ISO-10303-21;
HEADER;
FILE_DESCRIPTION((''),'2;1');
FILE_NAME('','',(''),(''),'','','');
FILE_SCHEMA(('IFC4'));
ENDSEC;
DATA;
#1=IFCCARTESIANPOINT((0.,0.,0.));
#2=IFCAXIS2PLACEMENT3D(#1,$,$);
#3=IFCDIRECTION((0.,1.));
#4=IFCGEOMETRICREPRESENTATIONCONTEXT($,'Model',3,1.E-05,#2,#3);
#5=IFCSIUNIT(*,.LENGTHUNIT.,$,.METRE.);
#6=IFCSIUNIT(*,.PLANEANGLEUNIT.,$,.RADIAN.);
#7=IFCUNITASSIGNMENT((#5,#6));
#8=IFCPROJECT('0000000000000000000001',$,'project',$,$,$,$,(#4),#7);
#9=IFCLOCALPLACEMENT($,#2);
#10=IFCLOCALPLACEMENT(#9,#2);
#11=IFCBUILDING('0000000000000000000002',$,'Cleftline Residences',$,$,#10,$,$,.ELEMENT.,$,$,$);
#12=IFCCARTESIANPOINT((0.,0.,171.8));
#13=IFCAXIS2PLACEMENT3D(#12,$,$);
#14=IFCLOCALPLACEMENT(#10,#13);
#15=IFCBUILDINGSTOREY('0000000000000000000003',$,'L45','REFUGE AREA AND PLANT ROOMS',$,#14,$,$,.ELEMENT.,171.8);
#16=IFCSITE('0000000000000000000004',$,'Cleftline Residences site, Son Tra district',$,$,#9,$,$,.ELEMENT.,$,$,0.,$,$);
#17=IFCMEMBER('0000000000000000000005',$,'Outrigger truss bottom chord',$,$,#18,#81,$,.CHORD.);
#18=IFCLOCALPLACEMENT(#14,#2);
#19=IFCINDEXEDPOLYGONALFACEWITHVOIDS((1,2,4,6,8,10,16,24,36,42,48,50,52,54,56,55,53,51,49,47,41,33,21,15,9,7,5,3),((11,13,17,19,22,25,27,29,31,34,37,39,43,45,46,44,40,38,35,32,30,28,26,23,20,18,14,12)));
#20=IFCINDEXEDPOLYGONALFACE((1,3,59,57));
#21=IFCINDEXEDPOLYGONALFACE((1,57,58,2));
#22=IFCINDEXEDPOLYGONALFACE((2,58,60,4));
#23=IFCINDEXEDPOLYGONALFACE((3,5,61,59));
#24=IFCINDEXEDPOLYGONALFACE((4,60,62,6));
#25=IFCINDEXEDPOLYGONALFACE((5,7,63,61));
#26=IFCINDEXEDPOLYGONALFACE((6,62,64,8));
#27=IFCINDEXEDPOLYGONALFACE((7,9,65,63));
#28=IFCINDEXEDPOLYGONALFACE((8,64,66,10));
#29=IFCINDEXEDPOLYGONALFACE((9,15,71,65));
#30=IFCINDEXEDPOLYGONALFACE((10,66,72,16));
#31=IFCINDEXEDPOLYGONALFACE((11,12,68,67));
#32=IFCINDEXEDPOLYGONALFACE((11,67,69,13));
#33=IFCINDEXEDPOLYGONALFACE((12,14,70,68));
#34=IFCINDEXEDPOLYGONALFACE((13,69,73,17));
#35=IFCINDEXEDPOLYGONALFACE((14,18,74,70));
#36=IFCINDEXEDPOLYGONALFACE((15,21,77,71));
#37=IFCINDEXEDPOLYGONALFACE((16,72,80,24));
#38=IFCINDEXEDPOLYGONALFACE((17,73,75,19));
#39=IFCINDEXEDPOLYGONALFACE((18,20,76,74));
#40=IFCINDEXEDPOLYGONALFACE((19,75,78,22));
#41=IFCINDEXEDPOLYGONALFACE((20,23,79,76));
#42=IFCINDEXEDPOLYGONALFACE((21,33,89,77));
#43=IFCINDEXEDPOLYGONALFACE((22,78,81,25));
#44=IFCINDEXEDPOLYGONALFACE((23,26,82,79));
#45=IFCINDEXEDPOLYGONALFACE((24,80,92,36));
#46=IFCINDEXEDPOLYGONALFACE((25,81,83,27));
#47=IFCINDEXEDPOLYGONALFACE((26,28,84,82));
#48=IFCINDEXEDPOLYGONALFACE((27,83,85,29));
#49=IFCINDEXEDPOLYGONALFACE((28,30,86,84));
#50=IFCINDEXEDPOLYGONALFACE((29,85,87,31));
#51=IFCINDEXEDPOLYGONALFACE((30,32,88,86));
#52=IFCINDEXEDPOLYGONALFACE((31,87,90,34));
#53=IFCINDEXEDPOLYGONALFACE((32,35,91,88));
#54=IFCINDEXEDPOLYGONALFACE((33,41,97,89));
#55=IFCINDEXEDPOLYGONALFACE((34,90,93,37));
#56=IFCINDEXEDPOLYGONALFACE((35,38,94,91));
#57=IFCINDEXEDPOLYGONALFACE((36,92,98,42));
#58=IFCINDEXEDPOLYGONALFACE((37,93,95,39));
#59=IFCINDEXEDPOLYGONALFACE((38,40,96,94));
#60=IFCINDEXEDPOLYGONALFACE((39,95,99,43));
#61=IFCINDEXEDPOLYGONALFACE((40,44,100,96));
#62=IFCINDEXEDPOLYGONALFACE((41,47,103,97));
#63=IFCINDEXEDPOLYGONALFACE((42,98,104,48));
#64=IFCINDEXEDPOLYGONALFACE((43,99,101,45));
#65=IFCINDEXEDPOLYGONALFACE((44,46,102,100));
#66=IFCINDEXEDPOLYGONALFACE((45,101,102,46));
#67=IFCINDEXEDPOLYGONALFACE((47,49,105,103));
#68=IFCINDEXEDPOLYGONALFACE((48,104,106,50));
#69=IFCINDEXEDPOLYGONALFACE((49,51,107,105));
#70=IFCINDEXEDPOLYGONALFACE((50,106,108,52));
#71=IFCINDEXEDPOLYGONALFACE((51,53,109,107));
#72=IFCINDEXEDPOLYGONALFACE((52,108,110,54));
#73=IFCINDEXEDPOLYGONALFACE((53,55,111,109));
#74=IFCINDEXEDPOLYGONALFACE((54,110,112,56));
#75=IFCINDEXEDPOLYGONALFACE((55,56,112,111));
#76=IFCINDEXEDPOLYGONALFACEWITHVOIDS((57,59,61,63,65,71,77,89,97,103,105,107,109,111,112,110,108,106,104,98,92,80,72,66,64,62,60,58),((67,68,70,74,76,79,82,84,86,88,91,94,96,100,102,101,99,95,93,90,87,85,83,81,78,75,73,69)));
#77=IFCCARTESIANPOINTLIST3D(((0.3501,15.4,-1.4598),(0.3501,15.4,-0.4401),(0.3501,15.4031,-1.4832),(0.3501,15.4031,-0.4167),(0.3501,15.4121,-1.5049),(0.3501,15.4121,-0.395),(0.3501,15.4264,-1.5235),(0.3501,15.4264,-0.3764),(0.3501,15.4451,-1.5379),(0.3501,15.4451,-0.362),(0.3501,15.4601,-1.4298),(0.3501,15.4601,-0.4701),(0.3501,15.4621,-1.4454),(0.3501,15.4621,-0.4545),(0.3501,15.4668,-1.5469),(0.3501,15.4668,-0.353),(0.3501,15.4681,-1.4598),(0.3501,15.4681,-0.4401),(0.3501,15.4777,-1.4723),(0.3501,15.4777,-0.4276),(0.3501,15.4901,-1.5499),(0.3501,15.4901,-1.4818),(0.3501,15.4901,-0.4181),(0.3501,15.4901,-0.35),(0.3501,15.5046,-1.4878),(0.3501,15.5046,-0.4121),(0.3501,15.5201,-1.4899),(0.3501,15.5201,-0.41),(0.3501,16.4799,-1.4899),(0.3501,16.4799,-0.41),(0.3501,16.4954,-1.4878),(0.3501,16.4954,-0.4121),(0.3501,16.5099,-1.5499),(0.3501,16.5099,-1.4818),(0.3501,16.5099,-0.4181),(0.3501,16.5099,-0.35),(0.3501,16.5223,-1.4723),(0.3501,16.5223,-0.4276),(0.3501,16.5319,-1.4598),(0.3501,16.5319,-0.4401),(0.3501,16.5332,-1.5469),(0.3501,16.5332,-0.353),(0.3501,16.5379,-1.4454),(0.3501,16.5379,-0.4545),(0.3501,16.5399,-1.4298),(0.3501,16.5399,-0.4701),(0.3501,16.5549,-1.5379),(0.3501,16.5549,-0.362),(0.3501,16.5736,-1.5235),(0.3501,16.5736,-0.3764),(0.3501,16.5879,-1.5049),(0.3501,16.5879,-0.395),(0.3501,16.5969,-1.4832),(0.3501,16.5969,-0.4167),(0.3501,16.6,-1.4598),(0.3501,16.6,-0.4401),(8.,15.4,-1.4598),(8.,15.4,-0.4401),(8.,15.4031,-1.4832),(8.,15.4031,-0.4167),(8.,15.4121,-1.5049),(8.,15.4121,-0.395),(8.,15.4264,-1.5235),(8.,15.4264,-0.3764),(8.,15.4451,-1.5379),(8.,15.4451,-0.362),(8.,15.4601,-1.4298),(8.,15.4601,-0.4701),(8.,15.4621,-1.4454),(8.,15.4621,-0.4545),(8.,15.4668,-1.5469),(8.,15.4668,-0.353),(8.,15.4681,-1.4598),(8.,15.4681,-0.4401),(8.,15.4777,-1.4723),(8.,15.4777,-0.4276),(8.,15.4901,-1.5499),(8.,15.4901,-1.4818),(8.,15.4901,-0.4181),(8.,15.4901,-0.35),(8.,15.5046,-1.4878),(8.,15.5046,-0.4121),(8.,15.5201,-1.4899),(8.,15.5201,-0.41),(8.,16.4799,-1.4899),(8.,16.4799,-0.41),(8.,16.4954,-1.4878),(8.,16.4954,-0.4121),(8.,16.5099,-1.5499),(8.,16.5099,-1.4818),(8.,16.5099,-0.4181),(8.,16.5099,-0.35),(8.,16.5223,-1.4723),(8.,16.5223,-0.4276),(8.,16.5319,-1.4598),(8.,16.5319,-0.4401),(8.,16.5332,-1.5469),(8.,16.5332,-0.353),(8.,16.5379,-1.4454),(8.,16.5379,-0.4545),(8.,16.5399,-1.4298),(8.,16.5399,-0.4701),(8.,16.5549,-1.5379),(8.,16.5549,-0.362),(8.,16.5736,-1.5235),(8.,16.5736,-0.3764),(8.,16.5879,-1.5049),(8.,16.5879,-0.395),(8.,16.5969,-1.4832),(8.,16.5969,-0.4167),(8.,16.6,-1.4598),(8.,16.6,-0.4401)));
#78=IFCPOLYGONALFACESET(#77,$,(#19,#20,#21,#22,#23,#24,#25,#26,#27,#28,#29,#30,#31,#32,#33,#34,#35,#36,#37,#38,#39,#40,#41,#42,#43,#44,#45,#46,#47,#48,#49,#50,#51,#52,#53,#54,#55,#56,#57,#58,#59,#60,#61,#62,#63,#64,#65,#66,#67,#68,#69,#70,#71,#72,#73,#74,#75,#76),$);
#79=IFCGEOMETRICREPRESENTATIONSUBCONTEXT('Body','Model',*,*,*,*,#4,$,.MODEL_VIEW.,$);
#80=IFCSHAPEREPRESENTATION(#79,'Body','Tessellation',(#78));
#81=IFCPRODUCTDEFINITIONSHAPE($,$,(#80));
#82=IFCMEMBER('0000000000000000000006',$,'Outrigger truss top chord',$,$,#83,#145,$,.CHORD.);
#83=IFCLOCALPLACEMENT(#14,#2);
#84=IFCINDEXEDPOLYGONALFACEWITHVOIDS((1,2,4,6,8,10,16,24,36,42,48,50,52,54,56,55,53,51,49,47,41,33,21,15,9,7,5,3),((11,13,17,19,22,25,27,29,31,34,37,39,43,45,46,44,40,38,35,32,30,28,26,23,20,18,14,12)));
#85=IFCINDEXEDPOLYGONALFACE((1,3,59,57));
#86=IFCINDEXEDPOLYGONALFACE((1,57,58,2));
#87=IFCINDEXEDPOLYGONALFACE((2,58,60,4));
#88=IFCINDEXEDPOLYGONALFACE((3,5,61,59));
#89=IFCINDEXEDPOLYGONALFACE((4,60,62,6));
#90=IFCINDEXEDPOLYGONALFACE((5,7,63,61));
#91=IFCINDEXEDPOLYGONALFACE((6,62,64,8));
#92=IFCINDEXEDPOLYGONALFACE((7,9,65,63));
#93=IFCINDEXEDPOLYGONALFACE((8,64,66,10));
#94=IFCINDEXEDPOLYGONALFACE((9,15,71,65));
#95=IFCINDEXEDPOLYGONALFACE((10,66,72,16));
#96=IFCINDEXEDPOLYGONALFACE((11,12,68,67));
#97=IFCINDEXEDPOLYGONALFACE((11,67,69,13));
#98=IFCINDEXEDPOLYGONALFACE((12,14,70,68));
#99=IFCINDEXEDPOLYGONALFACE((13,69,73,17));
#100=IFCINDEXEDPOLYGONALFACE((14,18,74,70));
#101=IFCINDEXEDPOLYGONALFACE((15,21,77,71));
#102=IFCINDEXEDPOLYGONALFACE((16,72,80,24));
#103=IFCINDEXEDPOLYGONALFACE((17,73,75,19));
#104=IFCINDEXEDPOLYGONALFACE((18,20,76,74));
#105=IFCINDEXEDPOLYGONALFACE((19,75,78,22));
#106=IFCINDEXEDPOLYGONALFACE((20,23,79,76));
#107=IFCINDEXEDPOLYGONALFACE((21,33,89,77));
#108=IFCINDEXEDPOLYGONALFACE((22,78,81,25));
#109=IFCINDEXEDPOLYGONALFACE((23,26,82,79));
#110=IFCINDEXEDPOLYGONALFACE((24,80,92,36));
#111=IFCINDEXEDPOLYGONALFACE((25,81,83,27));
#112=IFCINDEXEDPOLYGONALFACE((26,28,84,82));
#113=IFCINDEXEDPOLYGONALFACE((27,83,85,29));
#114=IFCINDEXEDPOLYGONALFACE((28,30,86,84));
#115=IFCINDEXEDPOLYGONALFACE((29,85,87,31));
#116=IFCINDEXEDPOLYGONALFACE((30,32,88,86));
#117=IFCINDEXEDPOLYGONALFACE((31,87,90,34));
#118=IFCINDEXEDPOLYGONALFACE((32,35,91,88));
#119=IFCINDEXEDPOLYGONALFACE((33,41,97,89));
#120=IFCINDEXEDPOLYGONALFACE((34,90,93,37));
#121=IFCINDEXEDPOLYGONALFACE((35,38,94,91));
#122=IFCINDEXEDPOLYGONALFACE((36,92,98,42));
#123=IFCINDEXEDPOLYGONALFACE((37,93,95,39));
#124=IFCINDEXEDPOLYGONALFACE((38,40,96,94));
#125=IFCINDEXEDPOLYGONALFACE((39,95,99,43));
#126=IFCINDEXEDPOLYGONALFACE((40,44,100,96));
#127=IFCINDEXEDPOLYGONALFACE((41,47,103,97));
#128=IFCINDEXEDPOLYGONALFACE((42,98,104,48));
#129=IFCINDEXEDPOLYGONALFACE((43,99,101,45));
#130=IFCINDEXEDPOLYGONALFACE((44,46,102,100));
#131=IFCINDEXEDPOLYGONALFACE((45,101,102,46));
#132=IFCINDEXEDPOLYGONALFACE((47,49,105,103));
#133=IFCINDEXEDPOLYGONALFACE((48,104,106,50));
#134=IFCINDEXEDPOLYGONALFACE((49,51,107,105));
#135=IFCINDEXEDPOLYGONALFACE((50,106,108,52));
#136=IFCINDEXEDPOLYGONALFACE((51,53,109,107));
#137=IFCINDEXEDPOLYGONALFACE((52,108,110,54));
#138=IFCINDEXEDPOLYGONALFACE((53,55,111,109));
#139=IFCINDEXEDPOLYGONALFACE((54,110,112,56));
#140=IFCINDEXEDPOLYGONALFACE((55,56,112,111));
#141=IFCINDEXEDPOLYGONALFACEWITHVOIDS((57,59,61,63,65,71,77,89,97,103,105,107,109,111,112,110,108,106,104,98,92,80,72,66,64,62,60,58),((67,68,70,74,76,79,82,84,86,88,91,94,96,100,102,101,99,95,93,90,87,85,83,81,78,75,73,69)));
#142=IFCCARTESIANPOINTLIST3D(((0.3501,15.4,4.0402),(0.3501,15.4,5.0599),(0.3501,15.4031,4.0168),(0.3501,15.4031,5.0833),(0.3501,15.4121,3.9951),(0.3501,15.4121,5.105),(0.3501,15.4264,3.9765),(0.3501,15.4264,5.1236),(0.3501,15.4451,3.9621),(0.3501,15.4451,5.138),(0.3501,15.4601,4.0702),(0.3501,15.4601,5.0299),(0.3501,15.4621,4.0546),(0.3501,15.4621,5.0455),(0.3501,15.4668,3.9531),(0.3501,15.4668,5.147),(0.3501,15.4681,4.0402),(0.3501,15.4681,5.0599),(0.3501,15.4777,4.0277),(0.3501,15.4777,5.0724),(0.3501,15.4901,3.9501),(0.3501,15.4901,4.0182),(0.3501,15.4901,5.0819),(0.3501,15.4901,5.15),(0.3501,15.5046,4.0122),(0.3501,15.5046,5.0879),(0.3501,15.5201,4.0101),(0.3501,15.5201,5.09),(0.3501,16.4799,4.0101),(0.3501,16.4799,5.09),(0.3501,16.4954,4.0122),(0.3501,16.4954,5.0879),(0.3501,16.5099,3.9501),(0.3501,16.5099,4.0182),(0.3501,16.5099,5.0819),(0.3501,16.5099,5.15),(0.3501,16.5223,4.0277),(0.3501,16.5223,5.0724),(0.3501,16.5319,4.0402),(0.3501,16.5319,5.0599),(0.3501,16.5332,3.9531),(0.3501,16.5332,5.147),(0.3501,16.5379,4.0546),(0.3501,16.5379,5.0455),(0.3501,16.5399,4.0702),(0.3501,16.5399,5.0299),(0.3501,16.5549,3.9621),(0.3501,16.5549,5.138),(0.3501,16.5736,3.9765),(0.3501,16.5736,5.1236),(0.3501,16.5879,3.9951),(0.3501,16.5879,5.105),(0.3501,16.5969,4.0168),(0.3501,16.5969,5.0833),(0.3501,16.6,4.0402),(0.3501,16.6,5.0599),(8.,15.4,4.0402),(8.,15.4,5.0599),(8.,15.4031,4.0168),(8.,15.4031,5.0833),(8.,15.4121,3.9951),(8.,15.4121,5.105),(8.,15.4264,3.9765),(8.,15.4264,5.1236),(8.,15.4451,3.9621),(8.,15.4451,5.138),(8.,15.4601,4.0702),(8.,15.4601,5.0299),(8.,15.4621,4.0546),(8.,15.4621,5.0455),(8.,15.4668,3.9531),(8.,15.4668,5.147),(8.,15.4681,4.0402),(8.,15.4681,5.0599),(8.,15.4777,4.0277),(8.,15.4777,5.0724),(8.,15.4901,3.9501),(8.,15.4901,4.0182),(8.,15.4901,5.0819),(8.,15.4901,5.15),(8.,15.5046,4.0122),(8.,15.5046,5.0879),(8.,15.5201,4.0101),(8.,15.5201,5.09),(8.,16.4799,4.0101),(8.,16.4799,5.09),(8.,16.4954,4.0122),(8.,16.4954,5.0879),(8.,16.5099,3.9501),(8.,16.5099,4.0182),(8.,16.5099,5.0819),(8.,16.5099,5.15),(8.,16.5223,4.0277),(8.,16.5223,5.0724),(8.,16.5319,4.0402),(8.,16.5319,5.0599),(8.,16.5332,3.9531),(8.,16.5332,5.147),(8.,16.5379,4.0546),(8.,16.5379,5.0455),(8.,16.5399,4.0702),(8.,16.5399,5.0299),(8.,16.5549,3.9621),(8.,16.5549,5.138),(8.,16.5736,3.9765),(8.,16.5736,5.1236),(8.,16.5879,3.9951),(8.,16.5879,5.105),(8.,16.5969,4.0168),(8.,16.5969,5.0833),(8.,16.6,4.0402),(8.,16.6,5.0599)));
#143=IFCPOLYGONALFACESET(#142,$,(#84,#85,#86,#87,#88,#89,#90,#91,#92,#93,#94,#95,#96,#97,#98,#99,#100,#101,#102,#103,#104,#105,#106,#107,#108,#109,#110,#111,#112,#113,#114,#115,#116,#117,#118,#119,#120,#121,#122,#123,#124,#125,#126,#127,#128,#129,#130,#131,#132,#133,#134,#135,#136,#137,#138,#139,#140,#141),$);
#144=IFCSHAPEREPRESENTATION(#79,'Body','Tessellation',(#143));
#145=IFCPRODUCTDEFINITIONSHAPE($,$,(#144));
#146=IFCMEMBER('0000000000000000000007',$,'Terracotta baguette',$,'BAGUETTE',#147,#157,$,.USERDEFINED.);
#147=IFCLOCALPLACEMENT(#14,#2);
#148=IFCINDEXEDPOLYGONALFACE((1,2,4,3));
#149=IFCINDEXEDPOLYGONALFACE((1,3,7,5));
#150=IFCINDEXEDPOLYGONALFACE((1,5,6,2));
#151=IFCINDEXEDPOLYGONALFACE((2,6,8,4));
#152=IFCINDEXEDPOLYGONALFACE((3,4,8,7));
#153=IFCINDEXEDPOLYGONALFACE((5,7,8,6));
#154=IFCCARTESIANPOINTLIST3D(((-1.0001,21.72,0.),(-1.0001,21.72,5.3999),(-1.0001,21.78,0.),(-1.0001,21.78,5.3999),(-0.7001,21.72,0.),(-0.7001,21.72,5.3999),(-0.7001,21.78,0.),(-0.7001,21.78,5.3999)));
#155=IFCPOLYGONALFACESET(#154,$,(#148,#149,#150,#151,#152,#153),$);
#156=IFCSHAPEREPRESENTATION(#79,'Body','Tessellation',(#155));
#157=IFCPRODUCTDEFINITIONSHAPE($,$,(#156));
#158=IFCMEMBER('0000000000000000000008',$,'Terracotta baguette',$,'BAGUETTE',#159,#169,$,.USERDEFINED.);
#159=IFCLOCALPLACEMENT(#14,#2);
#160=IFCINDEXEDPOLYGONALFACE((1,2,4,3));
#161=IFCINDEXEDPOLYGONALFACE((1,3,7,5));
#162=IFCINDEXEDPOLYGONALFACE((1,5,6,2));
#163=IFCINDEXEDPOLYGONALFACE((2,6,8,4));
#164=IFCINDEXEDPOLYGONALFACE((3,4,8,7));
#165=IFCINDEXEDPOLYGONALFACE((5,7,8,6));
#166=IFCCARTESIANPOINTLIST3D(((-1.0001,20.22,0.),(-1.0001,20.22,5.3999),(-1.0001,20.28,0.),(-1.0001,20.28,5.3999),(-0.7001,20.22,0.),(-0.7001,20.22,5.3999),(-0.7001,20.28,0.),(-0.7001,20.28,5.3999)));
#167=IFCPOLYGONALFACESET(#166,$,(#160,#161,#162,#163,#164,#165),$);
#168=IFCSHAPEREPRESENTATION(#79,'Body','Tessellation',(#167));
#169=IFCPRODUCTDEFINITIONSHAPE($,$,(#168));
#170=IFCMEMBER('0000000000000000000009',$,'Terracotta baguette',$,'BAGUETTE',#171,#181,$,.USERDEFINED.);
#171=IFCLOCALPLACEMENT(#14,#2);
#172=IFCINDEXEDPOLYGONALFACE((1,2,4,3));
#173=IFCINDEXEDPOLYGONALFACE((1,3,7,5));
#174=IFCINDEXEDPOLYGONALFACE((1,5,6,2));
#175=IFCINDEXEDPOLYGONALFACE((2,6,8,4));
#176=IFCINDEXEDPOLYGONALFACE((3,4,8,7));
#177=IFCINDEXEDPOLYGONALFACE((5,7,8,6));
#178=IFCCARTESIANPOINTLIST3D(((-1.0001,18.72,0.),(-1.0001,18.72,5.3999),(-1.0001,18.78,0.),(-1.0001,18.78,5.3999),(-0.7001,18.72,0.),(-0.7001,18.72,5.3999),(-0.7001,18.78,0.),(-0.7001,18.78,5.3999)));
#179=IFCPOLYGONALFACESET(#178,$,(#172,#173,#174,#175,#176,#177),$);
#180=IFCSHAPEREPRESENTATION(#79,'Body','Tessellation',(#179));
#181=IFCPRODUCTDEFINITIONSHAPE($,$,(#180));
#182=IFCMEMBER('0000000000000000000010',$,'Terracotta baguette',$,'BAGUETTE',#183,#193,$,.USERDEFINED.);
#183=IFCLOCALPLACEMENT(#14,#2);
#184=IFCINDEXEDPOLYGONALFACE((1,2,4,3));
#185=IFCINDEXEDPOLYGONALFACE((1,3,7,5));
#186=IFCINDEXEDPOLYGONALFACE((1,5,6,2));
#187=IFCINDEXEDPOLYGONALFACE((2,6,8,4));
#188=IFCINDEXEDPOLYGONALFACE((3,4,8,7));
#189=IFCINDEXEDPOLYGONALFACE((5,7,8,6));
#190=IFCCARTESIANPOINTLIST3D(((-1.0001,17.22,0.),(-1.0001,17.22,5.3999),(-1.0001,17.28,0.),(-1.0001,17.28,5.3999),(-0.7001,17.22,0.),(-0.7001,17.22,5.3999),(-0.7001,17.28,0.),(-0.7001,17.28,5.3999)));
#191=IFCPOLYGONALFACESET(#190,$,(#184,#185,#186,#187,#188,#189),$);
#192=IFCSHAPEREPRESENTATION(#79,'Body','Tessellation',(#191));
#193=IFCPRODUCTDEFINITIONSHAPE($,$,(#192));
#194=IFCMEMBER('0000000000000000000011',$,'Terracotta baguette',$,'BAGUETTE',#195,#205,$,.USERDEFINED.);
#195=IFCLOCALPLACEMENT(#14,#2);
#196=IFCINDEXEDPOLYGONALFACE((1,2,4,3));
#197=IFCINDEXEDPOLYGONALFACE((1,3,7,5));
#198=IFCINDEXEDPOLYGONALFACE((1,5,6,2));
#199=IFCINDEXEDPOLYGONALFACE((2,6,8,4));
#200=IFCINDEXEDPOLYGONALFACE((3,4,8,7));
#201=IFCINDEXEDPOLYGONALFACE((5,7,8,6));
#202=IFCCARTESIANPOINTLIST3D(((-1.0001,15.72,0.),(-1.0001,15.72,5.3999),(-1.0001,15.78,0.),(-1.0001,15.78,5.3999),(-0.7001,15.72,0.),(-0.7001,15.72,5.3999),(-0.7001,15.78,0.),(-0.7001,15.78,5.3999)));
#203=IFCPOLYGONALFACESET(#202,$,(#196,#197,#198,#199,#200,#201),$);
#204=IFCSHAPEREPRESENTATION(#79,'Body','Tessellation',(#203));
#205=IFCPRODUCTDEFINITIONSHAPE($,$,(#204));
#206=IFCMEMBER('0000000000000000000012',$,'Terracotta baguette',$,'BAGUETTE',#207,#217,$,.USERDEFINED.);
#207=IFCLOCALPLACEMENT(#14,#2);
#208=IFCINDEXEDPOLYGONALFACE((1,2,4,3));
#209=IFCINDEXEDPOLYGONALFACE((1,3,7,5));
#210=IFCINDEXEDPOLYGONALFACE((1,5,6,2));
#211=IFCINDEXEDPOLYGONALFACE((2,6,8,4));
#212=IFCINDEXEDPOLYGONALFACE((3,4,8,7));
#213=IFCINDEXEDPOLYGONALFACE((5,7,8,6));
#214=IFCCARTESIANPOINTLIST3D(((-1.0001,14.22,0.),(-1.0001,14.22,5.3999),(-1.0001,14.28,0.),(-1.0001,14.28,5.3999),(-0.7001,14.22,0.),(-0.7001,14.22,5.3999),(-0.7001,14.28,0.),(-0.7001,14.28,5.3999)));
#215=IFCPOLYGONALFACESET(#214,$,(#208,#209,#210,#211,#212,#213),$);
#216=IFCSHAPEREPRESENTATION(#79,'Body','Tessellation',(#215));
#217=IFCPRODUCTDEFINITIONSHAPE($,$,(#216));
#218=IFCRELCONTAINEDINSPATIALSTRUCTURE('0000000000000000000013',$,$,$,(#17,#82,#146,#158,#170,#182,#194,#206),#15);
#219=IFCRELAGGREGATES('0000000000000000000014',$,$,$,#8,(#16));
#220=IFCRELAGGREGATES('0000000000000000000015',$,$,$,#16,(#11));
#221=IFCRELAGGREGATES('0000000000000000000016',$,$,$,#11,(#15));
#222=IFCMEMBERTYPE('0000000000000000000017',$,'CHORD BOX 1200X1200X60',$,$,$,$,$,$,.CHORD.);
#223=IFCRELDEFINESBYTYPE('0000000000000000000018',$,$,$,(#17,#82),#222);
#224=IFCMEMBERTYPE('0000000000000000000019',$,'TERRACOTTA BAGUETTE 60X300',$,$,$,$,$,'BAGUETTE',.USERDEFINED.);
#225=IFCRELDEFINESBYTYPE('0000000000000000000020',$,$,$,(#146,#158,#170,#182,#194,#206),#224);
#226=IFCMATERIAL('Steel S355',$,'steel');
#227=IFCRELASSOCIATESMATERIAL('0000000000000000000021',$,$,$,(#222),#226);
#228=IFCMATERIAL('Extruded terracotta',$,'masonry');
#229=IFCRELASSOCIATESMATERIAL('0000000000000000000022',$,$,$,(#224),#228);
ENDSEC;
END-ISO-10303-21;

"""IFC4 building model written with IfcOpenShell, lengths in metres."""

from ifc_helpers import new_model, si_unit, direction, frame, origin, origin_2d, place, context, subcontext, project, spatial, rectangle, hollow_rectangle, extrude, material, material_profile, profile_set, type_object, element, save


model = new_model("IFC4")

# Units and contexts
model_context = context("Model", 3, precision=1e-05, world=origin(), true_north=direction((0.0, 1.0)))
body_context = subcontext(model_context, "Body", "Model", "MODEL_VIEW")
ifc_project = project(units=[si_unit("LENGTHUNIT", "METRE"), si_unit("PLANEANGLEUNIT", "RADIAN")], contexts=[model_context])

# Site, building, storey
site_placement = place(None, origin())
site = spatial("IfcSite", under=ifc_project, at=site_placement, Name="Cleftline Residences site, Son Tra district", CompositionType="ELEMENT", RefElevation=0.0)
building_placement = place(site_placement, origin())
building = spatial("IfcBuilding", under=site, at=building_placement, Name="Cleftline Residences", CompositionType="ELEMENT")
storey_placement = place(building_placement, frame((0.0, 0.0, 171.8)))
storey = spatial("IfcBuildingStorey", under=building, at=storey_placement, Name="L45", Description="REFUGE AREA AND PLANT ROOMS", CompositionType="ELEMENT", Elevation=171.8)

# Members
ifc_material_1 = material(Name="Steel S355", Category="steel")
ifc_material_profile_1 = material_profile(ifc_material_1, hollow_rectangle(XDim=1.2, YDim=1.2, WallThickness=0.0601, InnerFilletRadius=0.0601, OuterFilletRadius=0.0901, at=origin_2d()))
ifc_profile_set_1 = profile_set([ifc_material_profile_1], Name="Steel S355")
member_type_1 = type_object("IfcMemberType", Name="CHORD BOX 1200X1200X60", PredefinedType="CHORD", material=ifc_profile_set_1)
for number, where, z_axis, x_axis, name in (
    (1, (8.0, 16.0, -0.95), (-1.0, 0.0, 0.0), (0.0, -1.0, 0.0), "Outrigger truss bottom chord"),
    (2, (8.0, 16.0, 4.55), (-1.0, 0.0, 0.0), (0.0, -1.0, 0.0), "Outrigger truss top chord"),
):
    element("IfcMember", number, at=place(storey_placement, frame(where, z_axis=z_axis, x_axis=x_axis)), inside=storey, type_object=member_type_1, Name=name, PredefinedType="CHORD", context=body_context, shape_type="SweptSolid", body=[
        extrude(hollow_rectangle(XDim=1.2, YDim=1.2, WallThickness=0.0601, InnerFilletRadius=0.0601, OuterFilletRadius=0.0901, at=origin_2d()), origin(), (0.0, 0.0, 1.0), 7.6499),
    ])
ifc_material_2 = material(Name="Extruded terracotta", Category="masonry")
ifc_material_profile_2 = material_profile(ifc_material_2, rectangle(XDim=0.0601, YDim=0.3, at=origin_2d()))
ifc_profile_set_2 = profile_set([ifc_material_profile_2], Name="Extruded terracotta")
member_type_2 = type_object("IfcMemberType", Name="TERRACOTTA BAGUETTE 60X300", ElementType="BAGUETTE", PredefinedType="USERDEFINED", material=ifc_profile_set_2)
for number, where, z_axis, x_axis, name in (
    (3, (-0.8501, 21.75, 0.0), (0.0, 0.0, 1.0), (0.0, 1.0, 0.0), "Terracotta baguette"),
    (4, (-0.8501, 20.25, 0.0), (0.0, 0.0, 1.0), (0.0, 1.0, 0.0), "Terracotta baguette"),
    (5, (-0.8501, 18.75, 0.0), (0.0, 0.0, 1.0), (0.0, 1.0, 0.0), "Terracotta baguette"),
    (6, (-0.8501, 17.25, 0.0), (0.0, 0.0, 1.0), (0.0, 1.0, 0.0), "Terracotta baguette"),
    (7, (-0.8501, 15.75, 0.0), (0.0, 0.0, 1.0), (0.0, 1.0, 0.0), "Terracotta baguette"),
    (8, (-0.8501, 14.25, 0.0), (0.0, 0.0, 1.0), (0.0, 1.0, 0.0), "Terracotta baguette"),
):
    element("IfcMember", number, at=place(storey_placement, frame(where, z_axis=z_axis, x_axis=x_axis)), inside=storey, type_object=member_type_2, Name=name, ObjectType="BAGUETTE", PredefinedType="USERDEFINED", context=body_context, shape_type="SweptSolid", body=[
        extrude(rectangle(XDim=0.0601, YDim=0.3, at=origin_2d()), origin(), (0.0, 0.0, 1.0), 5.3999),
    ])

save(model, "model.ifc")
